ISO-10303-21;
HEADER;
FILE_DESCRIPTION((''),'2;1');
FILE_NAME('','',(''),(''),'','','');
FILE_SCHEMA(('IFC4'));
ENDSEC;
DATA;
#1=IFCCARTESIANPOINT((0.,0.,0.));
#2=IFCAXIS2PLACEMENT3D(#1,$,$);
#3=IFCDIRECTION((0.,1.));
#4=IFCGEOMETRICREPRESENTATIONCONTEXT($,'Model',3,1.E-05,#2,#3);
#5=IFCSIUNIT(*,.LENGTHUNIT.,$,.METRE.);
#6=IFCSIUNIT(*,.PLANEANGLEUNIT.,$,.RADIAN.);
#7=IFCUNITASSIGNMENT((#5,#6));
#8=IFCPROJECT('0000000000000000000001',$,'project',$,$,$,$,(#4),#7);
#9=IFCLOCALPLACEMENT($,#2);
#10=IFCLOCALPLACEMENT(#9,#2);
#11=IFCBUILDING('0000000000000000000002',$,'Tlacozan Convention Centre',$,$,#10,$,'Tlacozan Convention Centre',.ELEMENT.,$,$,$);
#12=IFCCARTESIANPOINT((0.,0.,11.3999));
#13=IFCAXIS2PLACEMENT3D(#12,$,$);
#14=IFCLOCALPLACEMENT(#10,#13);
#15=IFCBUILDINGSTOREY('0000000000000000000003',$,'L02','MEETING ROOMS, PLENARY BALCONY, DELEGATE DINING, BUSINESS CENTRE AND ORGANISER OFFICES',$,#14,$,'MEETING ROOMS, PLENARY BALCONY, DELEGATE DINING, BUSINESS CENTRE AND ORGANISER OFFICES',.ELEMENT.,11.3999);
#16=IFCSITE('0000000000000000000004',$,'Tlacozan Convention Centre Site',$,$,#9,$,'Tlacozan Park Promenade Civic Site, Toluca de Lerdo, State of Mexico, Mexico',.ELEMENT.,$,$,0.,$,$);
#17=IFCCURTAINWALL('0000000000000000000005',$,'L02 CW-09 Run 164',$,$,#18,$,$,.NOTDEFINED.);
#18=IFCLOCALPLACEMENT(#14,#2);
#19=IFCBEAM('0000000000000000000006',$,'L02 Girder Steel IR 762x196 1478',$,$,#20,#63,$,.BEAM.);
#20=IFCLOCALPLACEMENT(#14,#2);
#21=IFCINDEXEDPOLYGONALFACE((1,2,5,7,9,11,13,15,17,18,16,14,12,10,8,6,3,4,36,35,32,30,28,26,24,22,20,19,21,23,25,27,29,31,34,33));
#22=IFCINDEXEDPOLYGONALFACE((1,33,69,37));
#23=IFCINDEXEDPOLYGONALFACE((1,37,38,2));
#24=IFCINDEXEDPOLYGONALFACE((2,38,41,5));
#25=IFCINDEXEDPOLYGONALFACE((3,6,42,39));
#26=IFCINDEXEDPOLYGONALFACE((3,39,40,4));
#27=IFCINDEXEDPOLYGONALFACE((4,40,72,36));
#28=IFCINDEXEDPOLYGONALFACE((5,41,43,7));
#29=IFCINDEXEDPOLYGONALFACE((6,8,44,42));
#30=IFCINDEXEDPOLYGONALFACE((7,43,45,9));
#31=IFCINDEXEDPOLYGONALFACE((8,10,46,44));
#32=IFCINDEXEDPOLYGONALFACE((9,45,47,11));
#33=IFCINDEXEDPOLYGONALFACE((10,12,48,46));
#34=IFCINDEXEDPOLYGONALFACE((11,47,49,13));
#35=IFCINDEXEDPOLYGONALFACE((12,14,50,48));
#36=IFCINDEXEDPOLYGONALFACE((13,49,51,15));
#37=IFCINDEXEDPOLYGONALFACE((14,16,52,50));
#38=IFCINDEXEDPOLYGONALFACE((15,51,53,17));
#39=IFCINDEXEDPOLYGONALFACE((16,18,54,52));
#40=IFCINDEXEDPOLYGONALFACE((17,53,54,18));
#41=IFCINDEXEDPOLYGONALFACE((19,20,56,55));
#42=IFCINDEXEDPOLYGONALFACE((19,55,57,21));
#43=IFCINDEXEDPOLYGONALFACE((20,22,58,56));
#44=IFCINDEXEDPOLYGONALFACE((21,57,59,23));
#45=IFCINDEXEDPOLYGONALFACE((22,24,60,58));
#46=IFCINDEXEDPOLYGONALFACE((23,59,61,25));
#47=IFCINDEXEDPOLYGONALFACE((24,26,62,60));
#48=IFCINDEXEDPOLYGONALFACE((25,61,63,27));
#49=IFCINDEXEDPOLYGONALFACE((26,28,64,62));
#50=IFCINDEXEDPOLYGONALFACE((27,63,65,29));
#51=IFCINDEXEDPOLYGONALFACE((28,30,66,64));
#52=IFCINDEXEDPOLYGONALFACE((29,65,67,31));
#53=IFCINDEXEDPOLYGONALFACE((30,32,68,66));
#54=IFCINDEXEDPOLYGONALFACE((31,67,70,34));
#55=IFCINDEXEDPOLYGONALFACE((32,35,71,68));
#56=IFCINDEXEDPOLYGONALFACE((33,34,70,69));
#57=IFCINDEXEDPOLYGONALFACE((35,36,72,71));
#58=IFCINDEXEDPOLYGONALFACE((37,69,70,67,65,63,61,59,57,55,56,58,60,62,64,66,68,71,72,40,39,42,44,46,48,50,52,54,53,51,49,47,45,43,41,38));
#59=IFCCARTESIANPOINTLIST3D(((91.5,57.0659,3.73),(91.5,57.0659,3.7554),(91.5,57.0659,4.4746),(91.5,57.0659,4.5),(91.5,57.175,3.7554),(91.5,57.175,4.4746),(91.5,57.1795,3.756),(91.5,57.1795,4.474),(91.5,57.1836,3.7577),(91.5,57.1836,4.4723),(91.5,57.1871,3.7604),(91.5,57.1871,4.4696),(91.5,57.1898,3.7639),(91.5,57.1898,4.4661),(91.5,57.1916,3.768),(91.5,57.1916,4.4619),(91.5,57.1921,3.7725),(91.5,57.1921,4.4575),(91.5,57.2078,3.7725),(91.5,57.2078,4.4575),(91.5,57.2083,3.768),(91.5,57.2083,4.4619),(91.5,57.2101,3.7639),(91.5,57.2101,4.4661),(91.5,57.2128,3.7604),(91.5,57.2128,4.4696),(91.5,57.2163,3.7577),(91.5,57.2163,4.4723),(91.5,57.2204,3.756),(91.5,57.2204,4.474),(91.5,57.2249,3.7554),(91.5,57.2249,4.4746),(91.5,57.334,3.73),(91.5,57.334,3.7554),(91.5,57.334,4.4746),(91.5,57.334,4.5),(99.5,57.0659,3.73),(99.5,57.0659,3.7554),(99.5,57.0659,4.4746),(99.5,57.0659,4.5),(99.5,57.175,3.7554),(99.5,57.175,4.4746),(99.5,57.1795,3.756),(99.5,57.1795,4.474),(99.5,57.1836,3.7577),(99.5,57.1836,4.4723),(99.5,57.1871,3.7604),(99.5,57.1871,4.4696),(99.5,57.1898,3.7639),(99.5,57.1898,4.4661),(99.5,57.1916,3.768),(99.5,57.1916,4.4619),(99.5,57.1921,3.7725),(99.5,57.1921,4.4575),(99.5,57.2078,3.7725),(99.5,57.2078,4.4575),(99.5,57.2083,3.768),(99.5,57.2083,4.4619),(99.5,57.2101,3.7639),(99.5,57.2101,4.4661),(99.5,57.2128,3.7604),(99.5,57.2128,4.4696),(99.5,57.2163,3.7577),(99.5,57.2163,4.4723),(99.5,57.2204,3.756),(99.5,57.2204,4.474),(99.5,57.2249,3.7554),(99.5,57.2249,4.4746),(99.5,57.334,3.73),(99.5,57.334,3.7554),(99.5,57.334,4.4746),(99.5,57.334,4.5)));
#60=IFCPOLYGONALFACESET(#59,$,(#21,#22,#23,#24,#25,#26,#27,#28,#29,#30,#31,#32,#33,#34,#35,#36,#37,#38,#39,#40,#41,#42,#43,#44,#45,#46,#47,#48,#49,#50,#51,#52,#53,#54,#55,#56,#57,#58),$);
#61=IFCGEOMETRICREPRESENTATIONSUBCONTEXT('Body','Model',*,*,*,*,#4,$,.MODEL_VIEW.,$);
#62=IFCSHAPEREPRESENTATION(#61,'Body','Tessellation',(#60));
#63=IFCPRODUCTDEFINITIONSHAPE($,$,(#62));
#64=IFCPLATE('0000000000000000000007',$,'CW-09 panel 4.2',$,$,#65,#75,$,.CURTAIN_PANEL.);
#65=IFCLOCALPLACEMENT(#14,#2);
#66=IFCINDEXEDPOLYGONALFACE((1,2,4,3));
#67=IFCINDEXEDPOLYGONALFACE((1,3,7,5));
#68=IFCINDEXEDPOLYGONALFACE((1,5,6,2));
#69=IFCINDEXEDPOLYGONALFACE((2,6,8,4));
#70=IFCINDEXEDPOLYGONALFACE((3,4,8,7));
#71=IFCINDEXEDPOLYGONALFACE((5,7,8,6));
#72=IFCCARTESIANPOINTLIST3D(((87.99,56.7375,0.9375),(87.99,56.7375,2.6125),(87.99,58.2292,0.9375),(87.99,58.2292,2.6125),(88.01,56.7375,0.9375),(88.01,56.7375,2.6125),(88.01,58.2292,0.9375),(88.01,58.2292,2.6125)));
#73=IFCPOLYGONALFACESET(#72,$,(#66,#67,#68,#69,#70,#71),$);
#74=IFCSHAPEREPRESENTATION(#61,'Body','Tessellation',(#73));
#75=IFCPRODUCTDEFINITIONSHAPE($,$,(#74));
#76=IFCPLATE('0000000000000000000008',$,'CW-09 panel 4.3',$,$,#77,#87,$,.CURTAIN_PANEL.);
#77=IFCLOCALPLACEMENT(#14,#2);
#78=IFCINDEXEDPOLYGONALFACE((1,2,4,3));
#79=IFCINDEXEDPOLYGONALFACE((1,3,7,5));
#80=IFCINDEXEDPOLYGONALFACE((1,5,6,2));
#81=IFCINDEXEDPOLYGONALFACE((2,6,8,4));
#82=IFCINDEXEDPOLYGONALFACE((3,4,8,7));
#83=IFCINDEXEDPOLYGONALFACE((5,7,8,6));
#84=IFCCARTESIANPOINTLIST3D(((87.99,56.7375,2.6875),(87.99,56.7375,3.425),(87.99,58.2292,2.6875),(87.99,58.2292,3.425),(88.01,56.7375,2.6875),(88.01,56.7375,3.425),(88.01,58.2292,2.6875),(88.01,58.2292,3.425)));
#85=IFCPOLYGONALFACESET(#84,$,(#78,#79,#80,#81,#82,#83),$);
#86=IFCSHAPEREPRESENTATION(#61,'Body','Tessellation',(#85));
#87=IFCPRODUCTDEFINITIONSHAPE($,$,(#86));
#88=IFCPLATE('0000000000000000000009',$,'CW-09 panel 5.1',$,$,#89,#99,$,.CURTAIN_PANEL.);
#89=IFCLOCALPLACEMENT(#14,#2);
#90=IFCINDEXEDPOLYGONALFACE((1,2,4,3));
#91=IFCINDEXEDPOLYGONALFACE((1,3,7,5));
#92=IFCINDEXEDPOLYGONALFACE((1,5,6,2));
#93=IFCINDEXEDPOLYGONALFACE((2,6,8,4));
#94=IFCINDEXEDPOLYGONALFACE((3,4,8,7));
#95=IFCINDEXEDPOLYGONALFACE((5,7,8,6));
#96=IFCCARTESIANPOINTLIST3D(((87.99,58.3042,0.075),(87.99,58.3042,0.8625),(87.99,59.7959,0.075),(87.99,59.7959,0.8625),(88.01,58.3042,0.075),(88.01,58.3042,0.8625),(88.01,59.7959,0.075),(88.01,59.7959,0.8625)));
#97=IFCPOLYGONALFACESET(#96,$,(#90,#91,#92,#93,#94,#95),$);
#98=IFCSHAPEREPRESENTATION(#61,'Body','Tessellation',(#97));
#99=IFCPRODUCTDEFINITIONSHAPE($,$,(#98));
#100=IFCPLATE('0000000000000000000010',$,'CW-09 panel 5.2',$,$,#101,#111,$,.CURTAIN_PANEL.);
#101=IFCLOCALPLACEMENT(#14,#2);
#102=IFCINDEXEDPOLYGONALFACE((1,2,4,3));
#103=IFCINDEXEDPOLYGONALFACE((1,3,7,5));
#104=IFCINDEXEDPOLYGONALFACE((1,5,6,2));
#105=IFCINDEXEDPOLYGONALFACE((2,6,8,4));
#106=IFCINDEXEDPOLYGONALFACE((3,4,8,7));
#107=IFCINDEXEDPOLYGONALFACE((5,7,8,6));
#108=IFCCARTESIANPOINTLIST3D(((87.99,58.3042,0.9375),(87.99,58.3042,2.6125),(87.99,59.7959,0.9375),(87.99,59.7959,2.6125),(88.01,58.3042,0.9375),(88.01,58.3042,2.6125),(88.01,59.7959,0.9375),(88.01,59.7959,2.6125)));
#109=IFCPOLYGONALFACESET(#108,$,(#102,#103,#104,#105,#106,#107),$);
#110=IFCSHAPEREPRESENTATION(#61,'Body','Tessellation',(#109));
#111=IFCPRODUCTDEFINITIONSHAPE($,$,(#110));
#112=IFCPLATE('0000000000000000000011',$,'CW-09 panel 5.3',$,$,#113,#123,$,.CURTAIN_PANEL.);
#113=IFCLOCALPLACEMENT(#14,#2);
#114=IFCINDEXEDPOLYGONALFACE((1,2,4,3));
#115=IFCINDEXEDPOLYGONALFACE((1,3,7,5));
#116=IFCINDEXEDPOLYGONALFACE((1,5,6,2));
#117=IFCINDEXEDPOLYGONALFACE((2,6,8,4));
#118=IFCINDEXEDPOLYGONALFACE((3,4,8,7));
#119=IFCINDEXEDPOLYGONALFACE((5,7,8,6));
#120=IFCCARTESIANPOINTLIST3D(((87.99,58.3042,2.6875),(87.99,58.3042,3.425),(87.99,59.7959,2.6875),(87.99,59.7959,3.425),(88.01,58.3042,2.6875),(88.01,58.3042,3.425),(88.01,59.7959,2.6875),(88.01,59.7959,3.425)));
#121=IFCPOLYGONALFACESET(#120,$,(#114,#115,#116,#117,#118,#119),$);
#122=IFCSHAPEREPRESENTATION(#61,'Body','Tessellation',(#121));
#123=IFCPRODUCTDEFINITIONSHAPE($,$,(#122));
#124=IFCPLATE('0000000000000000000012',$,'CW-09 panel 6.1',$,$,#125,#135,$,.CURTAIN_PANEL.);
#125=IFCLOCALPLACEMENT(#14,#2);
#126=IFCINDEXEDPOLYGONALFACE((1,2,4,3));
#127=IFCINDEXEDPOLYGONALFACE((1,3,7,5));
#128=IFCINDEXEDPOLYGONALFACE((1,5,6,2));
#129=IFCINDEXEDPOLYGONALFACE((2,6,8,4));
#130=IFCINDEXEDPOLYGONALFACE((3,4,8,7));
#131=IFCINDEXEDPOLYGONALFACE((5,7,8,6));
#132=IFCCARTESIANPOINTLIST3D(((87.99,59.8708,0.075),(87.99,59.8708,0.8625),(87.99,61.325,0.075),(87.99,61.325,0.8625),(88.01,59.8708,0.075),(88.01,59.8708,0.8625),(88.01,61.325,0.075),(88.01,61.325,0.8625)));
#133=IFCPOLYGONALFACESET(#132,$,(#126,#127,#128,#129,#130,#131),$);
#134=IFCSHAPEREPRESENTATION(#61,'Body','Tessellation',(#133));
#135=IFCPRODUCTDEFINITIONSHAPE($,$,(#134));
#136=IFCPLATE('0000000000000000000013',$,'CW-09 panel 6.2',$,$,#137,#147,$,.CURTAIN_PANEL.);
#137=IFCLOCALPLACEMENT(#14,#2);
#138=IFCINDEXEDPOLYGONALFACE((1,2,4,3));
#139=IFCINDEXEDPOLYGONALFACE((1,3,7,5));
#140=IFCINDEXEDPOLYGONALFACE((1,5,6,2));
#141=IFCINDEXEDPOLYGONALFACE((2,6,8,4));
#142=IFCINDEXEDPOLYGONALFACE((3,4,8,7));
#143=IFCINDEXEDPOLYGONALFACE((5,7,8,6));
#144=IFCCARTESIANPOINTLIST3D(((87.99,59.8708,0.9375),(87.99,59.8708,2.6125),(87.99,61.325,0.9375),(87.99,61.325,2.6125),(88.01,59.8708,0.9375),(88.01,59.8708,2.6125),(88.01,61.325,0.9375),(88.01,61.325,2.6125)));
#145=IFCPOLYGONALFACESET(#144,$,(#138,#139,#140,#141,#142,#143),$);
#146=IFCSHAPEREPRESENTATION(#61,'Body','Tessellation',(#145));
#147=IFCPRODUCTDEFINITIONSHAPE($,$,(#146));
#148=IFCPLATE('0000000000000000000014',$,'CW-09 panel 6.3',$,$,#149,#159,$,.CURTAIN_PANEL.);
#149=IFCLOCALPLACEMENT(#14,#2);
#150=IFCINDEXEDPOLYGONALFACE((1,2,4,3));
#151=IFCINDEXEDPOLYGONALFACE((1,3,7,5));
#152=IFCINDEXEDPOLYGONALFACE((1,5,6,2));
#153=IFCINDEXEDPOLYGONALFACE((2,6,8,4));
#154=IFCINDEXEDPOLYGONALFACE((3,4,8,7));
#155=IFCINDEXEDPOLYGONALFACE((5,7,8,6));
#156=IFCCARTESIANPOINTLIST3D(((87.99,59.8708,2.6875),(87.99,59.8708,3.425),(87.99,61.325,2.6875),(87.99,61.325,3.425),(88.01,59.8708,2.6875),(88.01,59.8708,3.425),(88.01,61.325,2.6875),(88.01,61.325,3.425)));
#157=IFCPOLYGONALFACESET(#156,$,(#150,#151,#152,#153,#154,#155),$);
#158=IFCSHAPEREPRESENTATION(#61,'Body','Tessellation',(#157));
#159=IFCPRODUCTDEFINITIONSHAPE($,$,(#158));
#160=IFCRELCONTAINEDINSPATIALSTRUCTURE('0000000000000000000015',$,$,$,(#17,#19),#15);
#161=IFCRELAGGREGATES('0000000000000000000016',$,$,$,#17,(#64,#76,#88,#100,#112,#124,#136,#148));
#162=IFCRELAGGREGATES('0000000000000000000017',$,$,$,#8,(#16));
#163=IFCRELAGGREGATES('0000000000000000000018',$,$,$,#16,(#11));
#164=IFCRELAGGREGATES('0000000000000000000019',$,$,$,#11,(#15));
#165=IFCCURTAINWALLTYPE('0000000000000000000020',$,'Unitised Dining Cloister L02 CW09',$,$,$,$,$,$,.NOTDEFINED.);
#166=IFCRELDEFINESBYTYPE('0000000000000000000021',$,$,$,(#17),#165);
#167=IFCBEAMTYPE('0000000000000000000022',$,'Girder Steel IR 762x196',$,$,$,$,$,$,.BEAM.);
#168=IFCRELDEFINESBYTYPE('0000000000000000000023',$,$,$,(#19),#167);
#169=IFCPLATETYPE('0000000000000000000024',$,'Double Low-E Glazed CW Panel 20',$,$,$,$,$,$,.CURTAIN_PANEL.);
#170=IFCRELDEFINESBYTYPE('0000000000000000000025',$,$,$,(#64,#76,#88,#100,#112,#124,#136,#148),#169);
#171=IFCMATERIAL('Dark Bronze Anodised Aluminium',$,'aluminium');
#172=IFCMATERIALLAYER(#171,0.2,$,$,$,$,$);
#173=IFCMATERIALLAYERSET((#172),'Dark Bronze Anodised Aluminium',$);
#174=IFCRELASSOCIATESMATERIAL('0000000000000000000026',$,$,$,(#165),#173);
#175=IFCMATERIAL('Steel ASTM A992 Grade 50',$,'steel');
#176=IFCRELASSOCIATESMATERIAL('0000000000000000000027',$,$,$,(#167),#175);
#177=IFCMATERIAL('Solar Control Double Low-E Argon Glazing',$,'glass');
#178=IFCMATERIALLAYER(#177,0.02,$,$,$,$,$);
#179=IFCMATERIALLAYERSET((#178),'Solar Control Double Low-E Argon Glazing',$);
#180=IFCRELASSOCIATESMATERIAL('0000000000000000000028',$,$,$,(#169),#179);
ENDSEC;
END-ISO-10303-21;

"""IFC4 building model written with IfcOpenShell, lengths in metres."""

from ifc_helpers import new_model, si_unit, direction, frame, origin, origin_2d, place, context, subcontext, project, spatial, rectangle, i_section, extrude, material, layer, layer_set, material_profile, profile_set, type_object, element, aggregate, save


model = new_model("IFC4")

# Units and contexts
model_context = context("Model", 3, precision=1e-05, world=origin(), true_north=direction((0.0, 1.0)))
body_context = subcontext(model_context, "Body", "Model", "MODEL_VIEW")
ifc_project = project(units=[si_unit("LENGTHUNIT", "METRE"), si_unit("PLANEANGLEUNIT", "RADIAN")], contexts=[model_context])

# Site, building, storey
site_placement = place(None, origin())
site = spatial("IfcSite", under=ifc_project, at=site_placement, Name="Tlacozan Convention Centre Site", LongName="Tlacozan Park Promenade Civic Site, Toluca de Lerdo, State of Mexico, Mexico", CompositionType="ELEMENT", RefElevation=0.0)
building_placement = place(site_placement, origin())
building = spatial("IfcBuilding", under=site, at=building_placement, Name="Tlacozan Convention Centre", LongName="Tlacozan Convention Centre", CompositionType="ELEMENT")
storey_placement = place(building_placement, frame((0.0, 0.0, 11.3999)))
storey = spatial("IfcBuildingStorey", under=building, at=storey_placement, Name="L02", Description="MEETING ROOMS, PLENARY BALCONY, DELEGATE DINING, BUSINESS CENTRE AND ORGANISER OFFICES", LongName="MEETING ROOMS, PLENARY BALCONY, DELEGATE DINING, BUSINESS CENTRE AND ORGANISER OFFICES", CompositionType="ELEMENT", Elevation=11.3999)

# Shared definitions
ifc_material_1 = material(Name="Steel ASTM A992 Grade 50", Category="steel")

# Curtain wall
ifc_material_2 = material(Name="Dark Bronze Anodised Aluminium", Category="aluminium")
ifc_layer_1 = layer(ifc_material_2, 0.2)
ifc_layer_set_1 = layer_set([ifc_layer_1], Name="Dark Bronze Anodised Aluminium")
curtain_wall_type = type_object("IfcCurtainWallType", Name="Unitised Dining Cloister L02 CW09", PredefinedType="NOTDEFINED", material=ifc_layer_set_1)
curtain_wall_placement = place(storey_placement, origin())
curtain_wall = element("IfcCurtainWall", 1, at=curtain_wall_placement, inside=storey, type_object=curtain_wall_type, Name="L02 CW-09 Run 164", PredefinedType="NOTDEFINED")

# Beam
ifc_material_profile_1 = material_profile(ifc_material_1, i_section(OverallWidth=0.2681, OverallDepth=0.77, WebThickness=0.0156, FlangeThickness=0.0254, FilletRadius=0.0171, at=origin_2d()), Name="IR 762x196.0")
ifc_profile_set_1 = profile_set([ifc_material_profile_1], Name="Steel ASTM A992 Grade 50")
beam_type = type_object("IfcBeamType", Name="Girder Steel IR 762x196", PredefinedType="BEAM", material=ifc_profile_set_1)
beam_placement = place(storey_placement, frame((91.5, 57.2, 4.115), z_axis=(1.0, 0.0, 0.0), x_axis=(0.0, 1.0, 0.0)))
element("IfcBeam", 2, at=beam_placement, inside=storey, type_object=beam_type, Name="L02 Girder Steel IR 762x196 1478", PredefinedType="BEAM", context=body_context, shape_type="SweptSolid", body=[
    extrude(i_section(OverallWidth=0.2681, OverallDepth=0.77, WebThickness=0.0156, FlangeThickness=0.0254, FilletRadius=0.0171, at=origin_2d()), origin(), (0.0, 0.0, 1.0), 8.0),
])

# Plates
ifc_material_3 = material(Name="Solar Control Double Low-E Argon Glazing", Category="glass")
ifc_layer_2 = layer(ifc_material_3, 0.02)
ifc_layer_set_2 = layer_set([ifc_layer_2], Name="Solar Control Double Low-E Argon Glazing")
plate_type = type_object("IfcPlateType", Name="Double Low-E Glazed CW Panel 20", PredefinedType="CURTAIN_PANEL", material=ifc_layer_set_2)
plate_1_placement = place(storey_placement, frame((88.0, 57.4834, 0.9375), z_axis=(0.0, 0.0, 1.0), x_axis=(0.0, 1.0, 0.0)))
plate_1 = element("IfcPlate", 3, at=plate_1_placement, type_object=plate_type, Name="CW-09 panel 4.2", PredefinedType="CURTAIN_PANEL", context=body_context, shape_type="SweptSolid", body=[
    extrude(rectangle(XDim=1.4917, YDim=0.02, at=origin_2d()), origin(), (0.0, 0.0, 1.0), 1.675),
])
plate_2_placement = place(storey_placement, frame((88.0, 57.4834, 2.6875), z_axis=(0.0, 0.0, 1.0), x_axis=(0.0, 1.0, 0.0)))
plate_2 = element("IfcPlate", 4, at=plate_2_placement, type_object=plate_type, Name="CW-09 panel 4.3", PredefinedType="CURTAIN_PANEL", context=body_context, shape_type="SweptSolid", body=[
    extrude(rectangle(XDim=1.4917, YDim=0.02, at=origin_2d()), origin(), (0.0, 0.0, 1.0), 0.7375),
])
plate_3_placement = place(storey_placement, frame((88.0, 59.05, 0.075), z_axis=(0.0, 0.0, 1.0), x_axis=(0.0, 1.0, 0.0)))
plate_3 = element("IfcPlate", 5, at=plate_3_placement, type_object=plate_type, Name="CW-09 panel 5.1", PredefinedType="CURTAIN_PANEL", context=body_context, shape_type="SweptSolid", body=[
    extrude(rectangle(XDim=1.4917, YDim=0.02, at=origin_2d()), origin(), (0.0, 0.0, 1.0), 0.7876),
])
plate_4_placement = place(storey_placement, frame((88.0, 59.05, 0.9375), z_axis=(0.0, 0.0, 1.0), x_axis=(0.0, 1.0, 0.0)))
plate_4 = element("IfcPlate", 6, at=plate_4_placement, type_object=plate_type, Name="CW-09 panel 5.2", PredefinedType="CURTAIN_PANEL", context=body_context, shape_type="SweptSolid", body=[
    extrude(rectangle(XDim=1.4917, YDim=0.02, at=origin_2d()), origin(), (0.0, 0.0, 1.0), 1.675),
])
plate_5_placement = place(storey_placement, frame((88.0, 59.05, 2.6875), z_axis=(0.0, 0.0, 1.0), x_axis=(0.0, 1.0, 0.0)))
plate_5 = element("IfcPlate", 7, at=plate_5_placement, type_object=plate_type, Name="CW-09 panel 5.3", PredefinedType="CURTAIN_PANEL", context=body_context, shape_type="SweptSolid", body=[
    extrude(rectangle(XDim=1.4917, YDim=0.02, at=origin_2d()), origin(), (0.0, 0.0, 1.0), 0.7375),
])
plate_6_placement = place(storey_placement, frame((88.0, 60.5979, 0.075), z_axis=(0.0, 0.0, 1.0), x_axis=(0.0, 1.0, 0.0)))
plate_6 = element("IfcPlate", 8, at=plate_6_placement, type_object=plate_type, Name="CW-09 panel 6.1", PredefinedType="CURTAIN_PANEL", context=body_context, shape_type="SweptSolid", body=[
    extrude(rectangle(XDim=1.4541, YDim=0.02, at=origin_2d()), origin(), (0.0, 0.0, 1.0), 0.7876),
])
plate_7_placement = place(storey_placement, frame((88.0, 60.5979, 0.9375), z_axis=(0.0, 0.0, 1.0), x_axis=(0.0, 1.0, 0.0)))
plate_7 = element("IfcPlate", 9, at=plate_7_placement, type_object=plate_type, Name="CW-09 panel 6.2", PredefinedType="CURTAIN_PANEL", context=body_context, shape_type="SweptSolid", body=[
    extrude(rectangle(XDim=1.4541, YDim=0.02, at=origin_2d()), origin(), (0.0, 0.0, 1.0), 1.675),
])
plate_8_placement = place(storey_placement, frame((88.0, 60.5979, 2.6875), z_axis=(0.0, 0.0, 1.0), x_axis=(0.0, 1.0, 0.0)))
plate_8 = element("IfcPlate", 10, at=plate_8_placement, type_object=plate_type, Name="CW-09 panel 6.3", PredefinedType="CURTAIN_PANEL", context=body_context, shape_type="SweptSolid", body=[
    extrude(rectangle(XDim=1.4541, YDim=0.02, at=origin_2d()), origin(), (0.0, 0.0, 1.0), 0.7375),
])
aggregate(curtain_wall, [plate_1, plate_2, plate_3, plate_4, plate_5, plate_6, plate_7, plate_8])

save(model, "model.ifc")
